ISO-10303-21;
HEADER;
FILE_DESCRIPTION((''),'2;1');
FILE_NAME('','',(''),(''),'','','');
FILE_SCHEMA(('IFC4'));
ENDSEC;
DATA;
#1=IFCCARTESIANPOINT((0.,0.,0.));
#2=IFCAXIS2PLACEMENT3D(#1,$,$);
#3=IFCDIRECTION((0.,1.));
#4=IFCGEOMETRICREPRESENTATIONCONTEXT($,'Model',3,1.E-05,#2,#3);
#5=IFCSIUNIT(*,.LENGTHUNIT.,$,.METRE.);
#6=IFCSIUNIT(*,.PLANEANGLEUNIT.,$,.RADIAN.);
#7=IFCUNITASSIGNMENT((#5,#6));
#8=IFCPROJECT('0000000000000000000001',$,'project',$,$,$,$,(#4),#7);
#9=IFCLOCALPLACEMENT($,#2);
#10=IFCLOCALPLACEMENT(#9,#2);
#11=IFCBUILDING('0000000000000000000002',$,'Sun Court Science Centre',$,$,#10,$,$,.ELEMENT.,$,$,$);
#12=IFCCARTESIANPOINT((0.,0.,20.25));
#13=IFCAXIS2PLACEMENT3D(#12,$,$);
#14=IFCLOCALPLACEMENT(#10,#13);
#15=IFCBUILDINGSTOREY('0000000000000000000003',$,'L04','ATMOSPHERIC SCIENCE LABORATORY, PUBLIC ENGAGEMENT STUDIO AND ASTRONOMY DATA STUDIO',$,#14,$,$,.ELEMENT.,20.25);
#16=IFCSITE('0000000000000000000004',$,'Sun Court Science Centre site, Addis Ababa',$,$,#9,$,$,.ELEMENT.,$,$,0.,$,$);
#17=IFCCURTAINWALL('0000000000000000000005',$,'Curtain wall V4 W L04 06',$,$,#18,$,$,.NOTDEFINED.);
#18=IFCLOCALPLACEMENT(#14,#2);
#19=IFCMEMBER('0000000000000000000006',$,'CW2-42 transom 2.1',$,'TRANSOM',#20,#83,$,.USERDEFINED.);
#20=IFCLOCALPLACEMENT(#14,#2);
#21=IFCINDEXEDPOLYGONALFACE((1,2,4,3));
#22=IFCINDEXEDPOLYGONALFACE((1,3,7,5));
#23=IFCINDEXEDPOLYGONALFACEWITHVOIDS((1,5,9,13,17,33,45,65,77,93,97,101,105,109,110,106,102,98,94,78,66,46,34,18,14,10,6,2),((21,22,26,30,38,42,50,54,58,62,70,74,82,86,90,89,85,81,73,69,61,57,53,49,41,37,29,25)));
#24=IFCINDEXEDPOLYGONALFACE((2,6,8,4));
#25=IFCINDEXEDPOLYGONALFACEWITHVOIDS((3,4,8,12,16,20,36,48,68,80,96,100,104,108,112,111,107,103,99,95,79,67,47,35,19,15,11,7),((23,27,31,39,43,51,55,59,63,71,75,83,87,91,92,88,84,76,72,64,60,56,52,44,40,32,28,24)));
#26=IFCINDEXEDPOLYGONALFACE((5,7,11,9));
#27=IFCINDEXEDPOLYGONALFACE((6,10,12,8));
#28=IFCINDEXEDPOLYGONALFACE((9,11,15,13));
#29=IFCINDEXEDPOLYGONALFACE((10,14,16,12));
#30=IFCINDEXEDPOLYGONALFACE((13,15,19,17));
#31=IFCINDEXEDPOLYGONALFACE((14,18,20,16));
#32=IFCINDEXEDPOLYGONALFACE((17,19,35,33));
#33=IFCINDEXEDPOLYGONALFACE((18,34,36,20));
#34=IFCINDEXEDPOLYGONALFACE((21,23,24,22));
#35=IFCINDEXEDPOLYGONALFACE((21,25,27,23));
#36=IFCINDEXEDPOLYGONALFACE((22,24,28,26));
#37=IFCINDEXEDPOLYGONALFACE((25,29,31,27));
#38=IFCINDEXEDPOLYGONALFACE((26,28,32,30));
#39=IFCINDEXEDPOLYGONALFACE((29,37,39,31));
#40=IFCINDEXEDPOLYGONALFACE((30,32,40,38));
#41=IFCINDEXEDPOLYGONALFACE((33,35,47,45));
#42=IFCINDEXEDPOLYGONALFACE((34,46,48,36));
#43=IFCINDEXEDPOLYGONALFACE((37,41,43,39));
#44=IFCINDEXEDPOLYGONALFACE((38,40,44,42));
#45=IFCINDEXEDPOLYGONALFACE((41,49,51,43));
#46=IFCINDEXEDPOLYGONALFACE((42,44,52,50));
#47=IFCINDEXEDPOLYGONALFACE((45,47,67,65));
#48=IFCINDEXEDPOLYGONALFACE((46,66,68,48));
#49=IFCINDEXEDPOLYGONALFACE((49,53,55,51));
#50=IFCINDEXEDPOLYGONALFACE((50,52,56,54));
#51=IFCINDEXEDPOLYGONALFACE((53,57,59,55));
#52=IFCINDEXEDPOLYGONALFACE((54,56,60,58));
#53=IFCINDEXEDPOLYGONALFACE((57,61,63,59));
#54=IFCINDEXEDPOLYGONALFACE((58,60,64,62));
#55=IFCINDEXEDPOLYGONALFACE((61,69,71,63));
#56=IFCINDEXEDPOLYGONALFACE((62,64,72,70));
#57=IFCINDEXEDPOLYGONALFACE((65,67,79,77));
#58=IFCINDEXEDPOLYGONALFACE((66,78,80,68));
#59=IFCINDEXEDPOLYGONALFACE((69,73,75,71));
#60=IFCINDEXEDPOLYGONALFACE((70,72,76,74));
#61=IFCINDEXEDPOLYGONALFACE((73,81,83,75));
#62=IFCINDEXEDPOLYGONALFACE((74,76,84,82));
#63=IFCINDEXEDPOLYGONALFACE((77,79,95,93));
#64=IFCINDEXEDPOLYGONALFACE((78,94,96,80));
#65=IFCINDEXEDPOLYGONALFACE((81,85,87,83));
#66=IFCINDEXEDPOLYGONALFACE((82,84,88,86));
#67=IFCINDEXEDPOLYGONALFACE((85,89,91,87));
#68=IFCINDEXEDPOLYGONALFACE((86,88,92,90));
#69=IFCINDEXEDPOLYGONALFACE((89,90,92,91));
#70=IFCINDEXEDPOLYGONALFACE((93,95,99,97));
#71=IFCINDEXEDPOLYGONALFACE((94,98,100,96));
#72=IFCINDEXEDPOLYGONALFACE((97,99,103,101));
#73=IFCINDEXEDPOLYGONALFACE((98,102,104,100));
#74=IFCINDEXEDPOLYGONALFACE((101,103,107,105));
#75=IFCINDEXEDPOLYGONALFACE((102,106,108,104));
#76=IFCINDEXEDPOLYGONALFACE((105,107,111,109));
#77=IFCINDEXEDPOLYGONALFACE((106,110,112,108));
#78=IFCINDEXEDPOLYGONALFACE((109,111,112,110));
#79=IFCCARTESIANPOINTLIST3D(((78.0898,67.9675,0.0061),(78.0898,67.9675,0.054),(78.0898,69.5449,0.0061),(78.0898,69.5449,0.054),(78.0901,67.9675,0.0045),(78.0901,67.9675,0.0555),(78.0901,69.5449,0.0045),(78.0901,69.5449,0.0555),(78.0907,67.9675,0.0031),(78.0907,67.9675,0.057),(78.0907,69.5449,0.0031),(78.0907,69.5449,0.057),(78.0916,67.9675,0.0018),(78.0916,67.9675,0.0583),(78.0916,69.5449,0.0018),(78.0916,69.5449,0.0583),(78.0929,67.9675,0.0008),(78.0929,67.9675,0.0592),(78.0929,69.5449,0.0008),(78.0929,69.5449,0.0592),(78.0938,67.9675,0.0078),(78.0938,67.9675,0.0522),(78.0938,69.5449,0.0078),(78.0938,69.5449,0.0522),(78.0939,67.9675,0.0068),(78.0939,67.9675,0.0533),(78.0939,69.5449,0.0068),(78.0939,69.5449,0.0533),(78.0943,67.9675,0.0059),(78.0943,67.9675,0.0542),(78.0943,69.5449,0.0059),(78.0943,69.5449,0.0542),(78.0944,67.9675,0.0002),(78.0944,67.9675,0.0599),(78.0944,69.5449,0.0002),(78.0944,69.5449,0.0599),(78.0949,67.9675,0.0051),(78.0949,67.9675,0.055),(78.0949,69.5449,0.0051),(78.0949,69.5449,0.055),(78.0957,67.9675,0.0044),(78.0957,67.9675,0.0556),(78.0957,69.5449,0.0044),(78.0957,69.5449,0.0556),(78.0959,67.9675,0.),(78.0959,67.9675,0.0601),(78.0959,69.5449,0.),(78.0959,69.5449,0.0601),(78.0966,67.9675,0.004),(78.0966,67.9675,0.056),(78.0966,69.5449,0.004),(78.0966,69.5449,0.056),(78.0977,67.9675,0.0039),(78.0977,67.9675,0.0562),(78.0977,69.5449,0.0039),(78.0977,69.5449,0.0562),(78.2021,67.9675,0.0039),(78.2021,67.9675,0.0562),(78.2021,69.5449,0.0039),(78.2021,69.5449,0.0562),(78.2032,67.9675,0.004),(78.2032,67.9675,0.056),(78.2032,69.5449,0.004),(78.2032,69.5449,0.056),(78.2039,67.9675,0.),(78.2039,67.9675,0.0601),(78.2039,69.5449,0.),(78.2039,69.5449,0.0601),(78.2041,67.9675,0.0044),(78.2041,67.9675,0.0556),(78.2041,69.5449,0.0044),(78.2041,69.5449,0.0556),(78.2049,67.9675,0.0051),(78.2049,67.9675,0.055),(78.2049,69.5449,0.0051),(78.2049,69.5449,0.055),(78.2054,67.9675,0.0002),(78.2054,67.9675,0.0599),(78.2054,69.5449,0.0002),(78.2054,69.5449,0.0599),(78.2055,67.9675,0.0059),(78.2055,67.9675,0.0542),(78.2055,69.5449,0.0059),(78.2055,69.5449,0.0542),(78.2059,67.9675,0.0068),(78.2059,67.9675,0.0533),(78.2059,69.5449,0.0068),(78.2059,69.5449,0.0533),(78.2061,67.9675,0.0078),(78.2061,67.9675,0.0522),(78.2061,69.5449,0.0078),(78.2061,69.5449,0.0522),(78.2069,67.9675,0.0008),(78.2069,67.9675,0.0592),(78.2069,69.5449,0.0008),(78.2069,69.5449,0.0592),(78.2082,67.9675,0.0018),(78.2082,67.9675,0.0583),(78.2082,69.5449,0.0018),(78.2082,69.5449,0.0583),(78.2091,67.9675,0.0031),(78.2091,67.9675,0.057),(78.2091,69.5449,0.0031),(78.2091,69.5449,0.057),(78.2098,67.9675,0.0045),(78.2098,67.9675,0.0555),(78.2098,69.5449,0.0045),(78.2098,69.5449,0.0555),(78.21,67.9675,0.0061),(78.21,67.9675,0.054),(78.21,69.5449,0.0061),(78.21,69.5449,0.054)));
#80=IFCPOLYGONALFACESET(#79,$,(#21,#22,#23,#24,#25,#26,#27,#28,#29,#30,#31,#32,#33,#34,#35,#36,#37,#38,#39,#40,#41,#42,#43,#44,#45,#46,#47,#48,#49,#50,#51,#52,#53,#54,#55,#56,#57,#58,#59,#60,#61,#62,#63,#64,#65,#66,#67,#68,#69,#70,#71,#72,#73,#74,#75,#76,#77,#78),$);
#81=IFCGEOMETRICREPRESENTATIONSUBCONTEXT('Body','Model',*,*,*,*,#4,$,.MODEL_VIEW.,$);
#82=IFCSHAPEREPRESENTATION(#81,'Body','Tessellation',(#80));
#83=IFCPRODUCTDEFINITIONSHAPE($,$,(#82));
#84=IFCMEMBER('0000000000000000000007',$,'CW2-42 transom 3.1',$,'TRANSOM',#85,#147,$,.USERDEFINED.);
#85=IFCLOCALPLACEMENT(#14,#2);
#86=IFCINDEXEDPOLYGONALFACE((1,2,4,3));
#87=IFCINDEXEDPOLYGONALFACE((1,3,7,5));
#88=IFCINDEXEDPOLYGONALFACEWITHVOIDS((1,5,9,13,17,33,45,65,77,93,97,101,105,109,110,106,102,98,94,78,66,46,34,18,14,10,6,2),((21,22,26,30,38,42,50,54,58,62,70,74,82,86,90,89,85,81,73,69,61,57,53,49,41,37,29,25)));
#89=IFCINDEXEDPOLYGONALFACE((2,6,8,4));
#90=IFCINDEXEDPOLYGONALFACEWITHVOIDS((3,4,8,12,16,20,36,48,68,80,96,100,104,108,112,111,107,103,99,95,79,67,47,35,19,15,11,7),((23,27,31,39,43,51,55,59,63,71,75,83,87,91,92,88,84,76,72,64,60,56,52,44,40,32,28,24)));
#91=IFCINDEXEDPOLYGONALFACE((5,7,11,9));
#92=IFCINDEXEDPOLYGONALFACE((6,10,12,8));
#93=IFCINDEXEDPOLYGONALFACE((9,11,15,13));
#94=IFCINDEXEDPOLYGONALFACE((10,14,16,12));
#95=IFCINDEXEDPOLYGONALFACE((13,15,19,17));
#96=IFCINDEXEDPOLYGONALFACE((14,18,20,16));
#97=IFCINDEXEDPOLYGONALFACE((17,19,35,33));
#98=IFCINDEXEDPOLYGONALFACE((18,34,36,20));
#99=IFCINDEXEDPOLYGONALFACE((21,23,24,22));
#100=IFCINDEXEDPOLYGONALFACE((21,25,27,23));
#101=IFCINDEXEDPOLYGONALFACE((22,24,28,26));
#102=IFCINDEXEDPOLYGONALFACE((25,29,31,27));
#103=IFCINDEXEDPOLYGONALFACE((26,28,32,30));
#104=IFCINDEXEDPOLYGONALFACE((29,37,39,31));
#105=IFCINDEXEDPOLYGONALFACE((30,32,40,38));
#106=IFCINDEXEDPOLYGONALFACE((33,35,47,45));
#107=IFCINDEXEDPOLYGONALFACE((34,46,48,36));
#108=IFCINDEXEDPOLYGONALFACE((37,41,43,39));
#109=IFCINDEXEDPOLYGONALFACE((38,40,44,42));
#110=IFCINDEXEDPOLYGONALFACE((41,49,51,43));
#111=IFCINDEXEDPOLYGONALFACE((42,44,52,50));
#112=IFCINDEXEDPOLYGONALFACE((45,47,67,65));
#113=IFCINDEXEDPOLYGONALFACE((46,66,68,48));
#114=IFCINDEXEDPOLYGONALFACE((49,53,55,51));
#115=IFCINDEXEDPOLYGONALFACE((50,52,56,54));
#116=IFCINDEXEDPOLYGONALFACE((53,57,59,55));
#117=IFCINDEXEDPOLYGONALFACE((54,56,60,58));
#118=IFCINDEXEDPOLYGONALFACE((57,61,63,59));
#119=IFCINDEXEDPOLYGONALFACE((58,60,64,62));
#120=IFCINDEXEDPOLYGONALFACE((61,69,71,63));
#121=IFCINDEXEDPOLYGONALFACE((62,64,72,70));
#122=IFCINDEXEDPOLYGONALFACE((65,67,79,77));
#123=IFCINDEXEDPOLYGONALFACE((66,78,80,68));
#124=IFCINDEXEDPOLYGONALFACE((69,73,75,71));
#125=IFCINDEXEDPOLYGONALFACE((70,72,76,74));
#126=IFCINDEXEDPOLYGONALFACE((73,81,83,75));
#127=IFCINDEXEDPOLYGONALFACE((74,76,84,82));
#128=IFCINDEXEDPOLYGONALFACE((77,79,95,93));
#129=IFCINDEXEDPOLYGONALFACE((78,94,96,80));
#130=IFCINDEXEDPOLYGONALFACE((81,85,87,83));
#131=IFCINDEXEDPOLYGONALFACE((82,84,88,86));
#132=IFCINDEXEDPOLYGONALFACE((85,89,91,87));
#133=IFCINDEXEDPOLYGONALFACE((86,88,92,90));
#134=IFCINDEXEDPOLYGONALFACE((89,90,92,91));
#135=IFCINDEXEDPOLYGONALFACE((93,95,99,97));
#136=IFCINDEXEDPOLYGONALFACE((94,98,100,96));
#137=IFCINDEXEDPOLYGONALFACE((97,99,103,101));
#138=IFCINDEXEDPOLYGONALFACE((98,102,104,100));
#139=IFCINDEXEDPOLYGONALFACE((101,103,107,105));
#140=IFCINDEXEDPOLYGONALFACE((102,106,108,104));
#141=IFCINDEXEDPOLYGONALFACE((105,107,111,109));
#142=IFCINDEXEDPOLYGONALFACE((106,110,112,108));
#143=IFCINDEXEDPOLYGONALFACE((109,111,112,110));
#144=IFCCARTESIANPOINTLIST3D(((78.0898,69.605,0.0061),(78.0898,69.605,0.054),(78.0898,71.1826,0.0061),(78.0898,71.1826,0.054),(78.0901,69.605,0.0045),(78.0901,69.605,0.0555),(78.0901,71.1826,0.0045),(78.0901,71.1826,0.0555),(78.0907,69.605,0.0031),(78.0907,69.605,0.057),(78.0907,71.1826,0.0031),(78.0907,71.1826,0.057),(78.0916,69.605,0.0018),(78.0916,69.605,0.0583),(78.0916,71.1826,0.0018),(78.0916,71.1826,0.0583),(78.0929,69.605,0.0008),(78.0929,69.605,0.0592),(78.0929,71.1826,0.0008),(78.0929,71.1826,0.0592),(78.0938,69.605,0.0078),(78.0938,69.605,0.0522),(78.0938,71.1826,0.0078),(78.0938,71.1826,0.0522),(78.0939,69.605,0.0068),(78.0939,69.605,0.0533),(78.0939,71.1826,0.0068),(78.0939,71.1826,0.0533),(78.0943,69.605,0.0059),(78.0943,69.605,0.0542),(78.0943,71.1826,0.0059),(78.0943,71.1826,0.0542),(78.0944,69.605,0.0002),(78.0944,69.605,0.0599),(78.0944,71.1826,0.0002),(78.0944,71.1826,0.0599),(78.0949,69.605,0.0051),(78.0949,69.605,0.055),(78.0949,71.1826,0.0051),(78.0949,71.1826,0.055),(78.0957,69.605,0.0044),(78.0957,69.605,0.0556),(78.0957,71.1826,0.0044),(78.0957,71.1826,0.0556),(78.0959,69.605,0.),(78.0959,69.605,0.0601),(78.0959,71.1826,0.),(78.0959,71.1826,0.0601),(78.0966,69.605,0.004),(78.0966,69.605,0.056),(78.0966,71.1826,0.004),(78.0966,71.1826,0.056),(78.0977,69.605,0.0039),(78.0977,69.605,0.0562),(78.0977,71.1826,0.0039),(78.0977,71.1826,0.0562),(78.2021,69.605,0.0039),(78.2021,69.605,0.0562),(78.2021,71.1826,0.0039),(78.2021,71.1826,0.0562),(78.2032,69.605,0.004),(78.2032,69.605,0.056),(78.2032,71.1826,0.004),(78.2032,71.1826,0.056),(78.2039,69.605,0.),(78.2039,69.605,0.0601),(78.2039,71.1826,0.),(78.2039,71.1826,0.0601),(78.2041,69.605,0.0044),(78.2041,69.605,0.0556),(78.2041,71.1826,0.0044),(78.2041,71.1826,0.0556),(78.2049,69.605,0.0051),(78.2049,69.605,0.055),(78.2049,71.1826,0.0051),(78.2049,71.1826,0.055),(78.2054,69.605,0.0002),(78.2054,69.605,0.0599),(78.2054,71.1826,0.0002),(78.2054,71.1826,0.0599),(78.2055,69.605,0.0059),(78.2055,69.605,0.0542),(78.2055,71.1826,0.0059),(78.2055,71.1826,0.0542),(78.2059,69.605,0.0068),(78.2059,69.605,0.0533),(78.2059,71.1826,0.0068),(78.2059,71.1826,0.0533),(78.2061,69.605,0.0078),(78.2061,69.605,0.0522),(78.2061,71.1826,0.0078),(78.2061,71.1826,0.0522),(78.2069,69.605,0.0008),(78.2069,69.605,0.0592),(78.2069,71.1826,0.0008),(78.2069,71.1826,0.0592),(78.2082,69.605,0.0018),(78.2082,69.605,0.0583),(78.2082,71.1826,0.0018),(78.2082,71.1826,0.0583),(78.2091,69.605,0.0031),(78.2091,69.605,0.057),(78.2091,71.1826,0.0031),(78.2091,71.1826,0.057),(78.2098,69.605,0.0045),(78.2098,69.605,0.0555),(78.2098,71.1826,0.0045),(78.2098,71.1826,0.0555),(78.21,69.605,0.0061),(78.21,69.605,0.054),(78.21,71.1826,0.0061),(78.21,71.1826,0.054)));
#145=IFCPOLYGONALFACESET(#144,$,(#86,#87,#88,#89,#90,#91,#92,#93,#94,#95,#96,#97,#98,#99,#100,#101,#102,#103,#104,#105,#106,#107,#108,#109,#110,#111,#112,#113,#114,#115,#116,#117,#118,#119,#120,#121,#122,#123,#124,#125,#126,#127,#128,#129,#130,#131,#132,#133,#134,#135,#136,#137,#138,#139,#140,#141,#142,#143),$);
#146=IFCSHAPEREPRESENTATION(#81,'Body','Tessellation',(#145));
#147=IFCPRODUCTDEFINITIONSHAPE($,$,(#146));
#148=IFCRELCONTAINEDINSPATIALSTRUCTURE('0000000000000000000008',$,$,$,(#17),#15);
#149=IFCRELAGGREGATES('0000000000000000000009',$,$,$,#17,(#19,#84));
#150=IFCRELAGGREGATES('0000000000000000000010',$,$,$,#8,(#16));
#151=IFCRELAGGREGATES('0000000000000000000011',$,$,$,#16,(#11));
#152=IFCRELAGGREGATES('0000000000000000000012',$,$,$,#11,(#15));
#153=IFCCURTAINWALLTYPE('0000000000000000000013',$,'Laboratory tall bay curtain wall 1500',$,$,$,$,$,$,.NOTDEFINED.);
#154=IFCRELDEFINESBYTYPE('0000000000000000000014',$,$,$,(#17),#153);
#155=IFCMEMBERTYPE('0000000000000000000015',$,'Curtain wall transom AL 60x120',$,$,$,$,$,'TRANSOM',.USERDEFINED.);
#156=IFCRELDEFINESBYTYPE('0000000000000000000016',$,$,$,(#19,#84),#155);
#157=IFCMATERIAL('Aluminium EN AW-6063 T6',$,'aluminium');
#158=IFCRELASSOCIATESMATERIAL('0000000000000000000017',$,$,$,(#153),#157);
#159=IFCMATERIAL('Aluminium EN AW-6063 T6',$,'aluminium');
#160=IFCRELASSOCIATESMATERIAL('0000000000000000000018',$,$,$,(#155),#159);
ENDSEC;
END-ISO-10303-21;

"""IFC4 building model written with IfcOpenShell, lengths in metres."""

from ifc_helpers import new_model, si_unit, direction, frame, origin, origin_2d, place, context, subcontext, project, spatial, hollow_rectangle, extrude, material, material_profile, profile_set, type_object, element, aggregate, save


model = new_model("IFC4")

# Units and contexts
model_context = context("Model", 3, precision=1e-05, world=origin(), true_north=direction((0.0, 1.0)))
body_context = subcontext(model_context, "Body", "Model", "MODEL_VIEW")
ifc_project = project(units=[si_unit("LENGTHUNIT", "METRE"), si_unit("PLANEANGLEUNIT", "RADIAN")], contexts=[model_context])

# Site, building, storey
site_placement = place(None, origin())
site = spatial("IfcSite", under=ifc_project, at=site_placement, Name="Sun Court Science Centre site, Addis Ababa", CompositionType="ELEMENT", RefElevation=0.0)
building_placement = place(site_placement, origin())
building = spatial("IfcBuilding", under=site, at=building_placement, Name="Sun Court Science Centre", CompositionType="ELEMENT")
storey_placement = place(building_placement, frame((0.0, 0.0, 20.25)))
storey = spatial("IfcBuildingStorey", under=building, at=storey_placement, Name="L04", Description="ATMOSPHERIC SCIENCE LABORATORY, PUBLIC ENGAGEMENT STUDIO AND ASTRONOMY DATA STUDIO", CompositionType="ELEMENT", Elevation=20.25)

# Curtain wall
ifc_material_1 = material(Name="Aluminium EN AW-6063 T6", Category="aluminium")
curtain_wall_type = type_object("IfcCurtainWallType", Name="Laboratory tall bay curtain wall 1500", PredefinedType="NOTDEFINED", material=ifc_material_1)
curtain_wall_1_placement = place(storey_placement, origin())
curtain_wall_1 = element("IfcCurtainWall", 1, at=curtain_wall_1_placement, inside=storey, type_object=curtain_wall_type, Name="Curtain wall V4 W L04 06", PredefinedType="NOTDEFINED")

# Members
ifc_material_2 = material(Name="Aluminium EN AW-6063 T6", Category="aluminium")
ifc_material_profile_1 = material_profile(ifc_material_2, hollow_rectangle(XDim=0.0601, YDim=0.1201, WallThickness=0.0039, InnerFilletRadius=0.0039, OuterFilletRadius=0.0061, at=origin_2d()), Name="AL 60x120x4")
ifc_profile_set_1 = profile_set([ifc_material_profile_1], Name="Aluminium EN AW-6063 T6")
member_type_1 = type_object("IfcMemberType", Name="Curtain wall transom AL 60x120", ElementType="TRANSOM", PredefinedType="USERDEFINED", material=ifc_profile_set_1)
member_1_placement = place(storey_placement, frame((78.1499, 67.9675, 0.03), z_axis=(0.0, 1.0, 0.0), x_axis=(0.0, 0.0, 1.0)))
member_1 = element("IfcMember", 2, at=member_1_placement, type_object=member_type_1, Name="CW2-42 transom 2.1", ObjectType="TRANSOM", PredefinedType="USERDEFINED", context=body_context, shape_type="SweptSolid", body=[
    extrude(hollow_rectangle(XDim=0.0601, YDim=0.1201, WallThickness=0.0039, InnerFilletRadius=0.0039, OuterFilletRadius=0.0061, at=origin_2d()), origin(), (0.0, 0.0, 1.0), 1.5774),
])
member_2_placement = place(storey_placement, frame((78.1499, 69.605, 0.03), z_axis=(0.0, 1.0, 0.0), x_axis=(0.0, 0.0, 1.0)))
member_2 = element("IfcMember", 3, at=member_2_placement, type_object=member_type_1, Name="CW2-42 transom 3.1", ObjectType="TRANSOM", PredefinedType="USERDEFINED", context=body_context, shape_type="SweptSolid", body=[
    extrude(hollow_rectangle(XDim=0.0601, YDim=0.1201, WallThickness=0.0039, InnerFilletRadius=0.0039, OuterFilletRadius=0.0061, at=origin_2d()), origin(), (0.0, 0.0, 1.0), 1.5776),
])

aggregate(curtain_wall_1, [member_1, member_2])

save(model, "model.ifc")
